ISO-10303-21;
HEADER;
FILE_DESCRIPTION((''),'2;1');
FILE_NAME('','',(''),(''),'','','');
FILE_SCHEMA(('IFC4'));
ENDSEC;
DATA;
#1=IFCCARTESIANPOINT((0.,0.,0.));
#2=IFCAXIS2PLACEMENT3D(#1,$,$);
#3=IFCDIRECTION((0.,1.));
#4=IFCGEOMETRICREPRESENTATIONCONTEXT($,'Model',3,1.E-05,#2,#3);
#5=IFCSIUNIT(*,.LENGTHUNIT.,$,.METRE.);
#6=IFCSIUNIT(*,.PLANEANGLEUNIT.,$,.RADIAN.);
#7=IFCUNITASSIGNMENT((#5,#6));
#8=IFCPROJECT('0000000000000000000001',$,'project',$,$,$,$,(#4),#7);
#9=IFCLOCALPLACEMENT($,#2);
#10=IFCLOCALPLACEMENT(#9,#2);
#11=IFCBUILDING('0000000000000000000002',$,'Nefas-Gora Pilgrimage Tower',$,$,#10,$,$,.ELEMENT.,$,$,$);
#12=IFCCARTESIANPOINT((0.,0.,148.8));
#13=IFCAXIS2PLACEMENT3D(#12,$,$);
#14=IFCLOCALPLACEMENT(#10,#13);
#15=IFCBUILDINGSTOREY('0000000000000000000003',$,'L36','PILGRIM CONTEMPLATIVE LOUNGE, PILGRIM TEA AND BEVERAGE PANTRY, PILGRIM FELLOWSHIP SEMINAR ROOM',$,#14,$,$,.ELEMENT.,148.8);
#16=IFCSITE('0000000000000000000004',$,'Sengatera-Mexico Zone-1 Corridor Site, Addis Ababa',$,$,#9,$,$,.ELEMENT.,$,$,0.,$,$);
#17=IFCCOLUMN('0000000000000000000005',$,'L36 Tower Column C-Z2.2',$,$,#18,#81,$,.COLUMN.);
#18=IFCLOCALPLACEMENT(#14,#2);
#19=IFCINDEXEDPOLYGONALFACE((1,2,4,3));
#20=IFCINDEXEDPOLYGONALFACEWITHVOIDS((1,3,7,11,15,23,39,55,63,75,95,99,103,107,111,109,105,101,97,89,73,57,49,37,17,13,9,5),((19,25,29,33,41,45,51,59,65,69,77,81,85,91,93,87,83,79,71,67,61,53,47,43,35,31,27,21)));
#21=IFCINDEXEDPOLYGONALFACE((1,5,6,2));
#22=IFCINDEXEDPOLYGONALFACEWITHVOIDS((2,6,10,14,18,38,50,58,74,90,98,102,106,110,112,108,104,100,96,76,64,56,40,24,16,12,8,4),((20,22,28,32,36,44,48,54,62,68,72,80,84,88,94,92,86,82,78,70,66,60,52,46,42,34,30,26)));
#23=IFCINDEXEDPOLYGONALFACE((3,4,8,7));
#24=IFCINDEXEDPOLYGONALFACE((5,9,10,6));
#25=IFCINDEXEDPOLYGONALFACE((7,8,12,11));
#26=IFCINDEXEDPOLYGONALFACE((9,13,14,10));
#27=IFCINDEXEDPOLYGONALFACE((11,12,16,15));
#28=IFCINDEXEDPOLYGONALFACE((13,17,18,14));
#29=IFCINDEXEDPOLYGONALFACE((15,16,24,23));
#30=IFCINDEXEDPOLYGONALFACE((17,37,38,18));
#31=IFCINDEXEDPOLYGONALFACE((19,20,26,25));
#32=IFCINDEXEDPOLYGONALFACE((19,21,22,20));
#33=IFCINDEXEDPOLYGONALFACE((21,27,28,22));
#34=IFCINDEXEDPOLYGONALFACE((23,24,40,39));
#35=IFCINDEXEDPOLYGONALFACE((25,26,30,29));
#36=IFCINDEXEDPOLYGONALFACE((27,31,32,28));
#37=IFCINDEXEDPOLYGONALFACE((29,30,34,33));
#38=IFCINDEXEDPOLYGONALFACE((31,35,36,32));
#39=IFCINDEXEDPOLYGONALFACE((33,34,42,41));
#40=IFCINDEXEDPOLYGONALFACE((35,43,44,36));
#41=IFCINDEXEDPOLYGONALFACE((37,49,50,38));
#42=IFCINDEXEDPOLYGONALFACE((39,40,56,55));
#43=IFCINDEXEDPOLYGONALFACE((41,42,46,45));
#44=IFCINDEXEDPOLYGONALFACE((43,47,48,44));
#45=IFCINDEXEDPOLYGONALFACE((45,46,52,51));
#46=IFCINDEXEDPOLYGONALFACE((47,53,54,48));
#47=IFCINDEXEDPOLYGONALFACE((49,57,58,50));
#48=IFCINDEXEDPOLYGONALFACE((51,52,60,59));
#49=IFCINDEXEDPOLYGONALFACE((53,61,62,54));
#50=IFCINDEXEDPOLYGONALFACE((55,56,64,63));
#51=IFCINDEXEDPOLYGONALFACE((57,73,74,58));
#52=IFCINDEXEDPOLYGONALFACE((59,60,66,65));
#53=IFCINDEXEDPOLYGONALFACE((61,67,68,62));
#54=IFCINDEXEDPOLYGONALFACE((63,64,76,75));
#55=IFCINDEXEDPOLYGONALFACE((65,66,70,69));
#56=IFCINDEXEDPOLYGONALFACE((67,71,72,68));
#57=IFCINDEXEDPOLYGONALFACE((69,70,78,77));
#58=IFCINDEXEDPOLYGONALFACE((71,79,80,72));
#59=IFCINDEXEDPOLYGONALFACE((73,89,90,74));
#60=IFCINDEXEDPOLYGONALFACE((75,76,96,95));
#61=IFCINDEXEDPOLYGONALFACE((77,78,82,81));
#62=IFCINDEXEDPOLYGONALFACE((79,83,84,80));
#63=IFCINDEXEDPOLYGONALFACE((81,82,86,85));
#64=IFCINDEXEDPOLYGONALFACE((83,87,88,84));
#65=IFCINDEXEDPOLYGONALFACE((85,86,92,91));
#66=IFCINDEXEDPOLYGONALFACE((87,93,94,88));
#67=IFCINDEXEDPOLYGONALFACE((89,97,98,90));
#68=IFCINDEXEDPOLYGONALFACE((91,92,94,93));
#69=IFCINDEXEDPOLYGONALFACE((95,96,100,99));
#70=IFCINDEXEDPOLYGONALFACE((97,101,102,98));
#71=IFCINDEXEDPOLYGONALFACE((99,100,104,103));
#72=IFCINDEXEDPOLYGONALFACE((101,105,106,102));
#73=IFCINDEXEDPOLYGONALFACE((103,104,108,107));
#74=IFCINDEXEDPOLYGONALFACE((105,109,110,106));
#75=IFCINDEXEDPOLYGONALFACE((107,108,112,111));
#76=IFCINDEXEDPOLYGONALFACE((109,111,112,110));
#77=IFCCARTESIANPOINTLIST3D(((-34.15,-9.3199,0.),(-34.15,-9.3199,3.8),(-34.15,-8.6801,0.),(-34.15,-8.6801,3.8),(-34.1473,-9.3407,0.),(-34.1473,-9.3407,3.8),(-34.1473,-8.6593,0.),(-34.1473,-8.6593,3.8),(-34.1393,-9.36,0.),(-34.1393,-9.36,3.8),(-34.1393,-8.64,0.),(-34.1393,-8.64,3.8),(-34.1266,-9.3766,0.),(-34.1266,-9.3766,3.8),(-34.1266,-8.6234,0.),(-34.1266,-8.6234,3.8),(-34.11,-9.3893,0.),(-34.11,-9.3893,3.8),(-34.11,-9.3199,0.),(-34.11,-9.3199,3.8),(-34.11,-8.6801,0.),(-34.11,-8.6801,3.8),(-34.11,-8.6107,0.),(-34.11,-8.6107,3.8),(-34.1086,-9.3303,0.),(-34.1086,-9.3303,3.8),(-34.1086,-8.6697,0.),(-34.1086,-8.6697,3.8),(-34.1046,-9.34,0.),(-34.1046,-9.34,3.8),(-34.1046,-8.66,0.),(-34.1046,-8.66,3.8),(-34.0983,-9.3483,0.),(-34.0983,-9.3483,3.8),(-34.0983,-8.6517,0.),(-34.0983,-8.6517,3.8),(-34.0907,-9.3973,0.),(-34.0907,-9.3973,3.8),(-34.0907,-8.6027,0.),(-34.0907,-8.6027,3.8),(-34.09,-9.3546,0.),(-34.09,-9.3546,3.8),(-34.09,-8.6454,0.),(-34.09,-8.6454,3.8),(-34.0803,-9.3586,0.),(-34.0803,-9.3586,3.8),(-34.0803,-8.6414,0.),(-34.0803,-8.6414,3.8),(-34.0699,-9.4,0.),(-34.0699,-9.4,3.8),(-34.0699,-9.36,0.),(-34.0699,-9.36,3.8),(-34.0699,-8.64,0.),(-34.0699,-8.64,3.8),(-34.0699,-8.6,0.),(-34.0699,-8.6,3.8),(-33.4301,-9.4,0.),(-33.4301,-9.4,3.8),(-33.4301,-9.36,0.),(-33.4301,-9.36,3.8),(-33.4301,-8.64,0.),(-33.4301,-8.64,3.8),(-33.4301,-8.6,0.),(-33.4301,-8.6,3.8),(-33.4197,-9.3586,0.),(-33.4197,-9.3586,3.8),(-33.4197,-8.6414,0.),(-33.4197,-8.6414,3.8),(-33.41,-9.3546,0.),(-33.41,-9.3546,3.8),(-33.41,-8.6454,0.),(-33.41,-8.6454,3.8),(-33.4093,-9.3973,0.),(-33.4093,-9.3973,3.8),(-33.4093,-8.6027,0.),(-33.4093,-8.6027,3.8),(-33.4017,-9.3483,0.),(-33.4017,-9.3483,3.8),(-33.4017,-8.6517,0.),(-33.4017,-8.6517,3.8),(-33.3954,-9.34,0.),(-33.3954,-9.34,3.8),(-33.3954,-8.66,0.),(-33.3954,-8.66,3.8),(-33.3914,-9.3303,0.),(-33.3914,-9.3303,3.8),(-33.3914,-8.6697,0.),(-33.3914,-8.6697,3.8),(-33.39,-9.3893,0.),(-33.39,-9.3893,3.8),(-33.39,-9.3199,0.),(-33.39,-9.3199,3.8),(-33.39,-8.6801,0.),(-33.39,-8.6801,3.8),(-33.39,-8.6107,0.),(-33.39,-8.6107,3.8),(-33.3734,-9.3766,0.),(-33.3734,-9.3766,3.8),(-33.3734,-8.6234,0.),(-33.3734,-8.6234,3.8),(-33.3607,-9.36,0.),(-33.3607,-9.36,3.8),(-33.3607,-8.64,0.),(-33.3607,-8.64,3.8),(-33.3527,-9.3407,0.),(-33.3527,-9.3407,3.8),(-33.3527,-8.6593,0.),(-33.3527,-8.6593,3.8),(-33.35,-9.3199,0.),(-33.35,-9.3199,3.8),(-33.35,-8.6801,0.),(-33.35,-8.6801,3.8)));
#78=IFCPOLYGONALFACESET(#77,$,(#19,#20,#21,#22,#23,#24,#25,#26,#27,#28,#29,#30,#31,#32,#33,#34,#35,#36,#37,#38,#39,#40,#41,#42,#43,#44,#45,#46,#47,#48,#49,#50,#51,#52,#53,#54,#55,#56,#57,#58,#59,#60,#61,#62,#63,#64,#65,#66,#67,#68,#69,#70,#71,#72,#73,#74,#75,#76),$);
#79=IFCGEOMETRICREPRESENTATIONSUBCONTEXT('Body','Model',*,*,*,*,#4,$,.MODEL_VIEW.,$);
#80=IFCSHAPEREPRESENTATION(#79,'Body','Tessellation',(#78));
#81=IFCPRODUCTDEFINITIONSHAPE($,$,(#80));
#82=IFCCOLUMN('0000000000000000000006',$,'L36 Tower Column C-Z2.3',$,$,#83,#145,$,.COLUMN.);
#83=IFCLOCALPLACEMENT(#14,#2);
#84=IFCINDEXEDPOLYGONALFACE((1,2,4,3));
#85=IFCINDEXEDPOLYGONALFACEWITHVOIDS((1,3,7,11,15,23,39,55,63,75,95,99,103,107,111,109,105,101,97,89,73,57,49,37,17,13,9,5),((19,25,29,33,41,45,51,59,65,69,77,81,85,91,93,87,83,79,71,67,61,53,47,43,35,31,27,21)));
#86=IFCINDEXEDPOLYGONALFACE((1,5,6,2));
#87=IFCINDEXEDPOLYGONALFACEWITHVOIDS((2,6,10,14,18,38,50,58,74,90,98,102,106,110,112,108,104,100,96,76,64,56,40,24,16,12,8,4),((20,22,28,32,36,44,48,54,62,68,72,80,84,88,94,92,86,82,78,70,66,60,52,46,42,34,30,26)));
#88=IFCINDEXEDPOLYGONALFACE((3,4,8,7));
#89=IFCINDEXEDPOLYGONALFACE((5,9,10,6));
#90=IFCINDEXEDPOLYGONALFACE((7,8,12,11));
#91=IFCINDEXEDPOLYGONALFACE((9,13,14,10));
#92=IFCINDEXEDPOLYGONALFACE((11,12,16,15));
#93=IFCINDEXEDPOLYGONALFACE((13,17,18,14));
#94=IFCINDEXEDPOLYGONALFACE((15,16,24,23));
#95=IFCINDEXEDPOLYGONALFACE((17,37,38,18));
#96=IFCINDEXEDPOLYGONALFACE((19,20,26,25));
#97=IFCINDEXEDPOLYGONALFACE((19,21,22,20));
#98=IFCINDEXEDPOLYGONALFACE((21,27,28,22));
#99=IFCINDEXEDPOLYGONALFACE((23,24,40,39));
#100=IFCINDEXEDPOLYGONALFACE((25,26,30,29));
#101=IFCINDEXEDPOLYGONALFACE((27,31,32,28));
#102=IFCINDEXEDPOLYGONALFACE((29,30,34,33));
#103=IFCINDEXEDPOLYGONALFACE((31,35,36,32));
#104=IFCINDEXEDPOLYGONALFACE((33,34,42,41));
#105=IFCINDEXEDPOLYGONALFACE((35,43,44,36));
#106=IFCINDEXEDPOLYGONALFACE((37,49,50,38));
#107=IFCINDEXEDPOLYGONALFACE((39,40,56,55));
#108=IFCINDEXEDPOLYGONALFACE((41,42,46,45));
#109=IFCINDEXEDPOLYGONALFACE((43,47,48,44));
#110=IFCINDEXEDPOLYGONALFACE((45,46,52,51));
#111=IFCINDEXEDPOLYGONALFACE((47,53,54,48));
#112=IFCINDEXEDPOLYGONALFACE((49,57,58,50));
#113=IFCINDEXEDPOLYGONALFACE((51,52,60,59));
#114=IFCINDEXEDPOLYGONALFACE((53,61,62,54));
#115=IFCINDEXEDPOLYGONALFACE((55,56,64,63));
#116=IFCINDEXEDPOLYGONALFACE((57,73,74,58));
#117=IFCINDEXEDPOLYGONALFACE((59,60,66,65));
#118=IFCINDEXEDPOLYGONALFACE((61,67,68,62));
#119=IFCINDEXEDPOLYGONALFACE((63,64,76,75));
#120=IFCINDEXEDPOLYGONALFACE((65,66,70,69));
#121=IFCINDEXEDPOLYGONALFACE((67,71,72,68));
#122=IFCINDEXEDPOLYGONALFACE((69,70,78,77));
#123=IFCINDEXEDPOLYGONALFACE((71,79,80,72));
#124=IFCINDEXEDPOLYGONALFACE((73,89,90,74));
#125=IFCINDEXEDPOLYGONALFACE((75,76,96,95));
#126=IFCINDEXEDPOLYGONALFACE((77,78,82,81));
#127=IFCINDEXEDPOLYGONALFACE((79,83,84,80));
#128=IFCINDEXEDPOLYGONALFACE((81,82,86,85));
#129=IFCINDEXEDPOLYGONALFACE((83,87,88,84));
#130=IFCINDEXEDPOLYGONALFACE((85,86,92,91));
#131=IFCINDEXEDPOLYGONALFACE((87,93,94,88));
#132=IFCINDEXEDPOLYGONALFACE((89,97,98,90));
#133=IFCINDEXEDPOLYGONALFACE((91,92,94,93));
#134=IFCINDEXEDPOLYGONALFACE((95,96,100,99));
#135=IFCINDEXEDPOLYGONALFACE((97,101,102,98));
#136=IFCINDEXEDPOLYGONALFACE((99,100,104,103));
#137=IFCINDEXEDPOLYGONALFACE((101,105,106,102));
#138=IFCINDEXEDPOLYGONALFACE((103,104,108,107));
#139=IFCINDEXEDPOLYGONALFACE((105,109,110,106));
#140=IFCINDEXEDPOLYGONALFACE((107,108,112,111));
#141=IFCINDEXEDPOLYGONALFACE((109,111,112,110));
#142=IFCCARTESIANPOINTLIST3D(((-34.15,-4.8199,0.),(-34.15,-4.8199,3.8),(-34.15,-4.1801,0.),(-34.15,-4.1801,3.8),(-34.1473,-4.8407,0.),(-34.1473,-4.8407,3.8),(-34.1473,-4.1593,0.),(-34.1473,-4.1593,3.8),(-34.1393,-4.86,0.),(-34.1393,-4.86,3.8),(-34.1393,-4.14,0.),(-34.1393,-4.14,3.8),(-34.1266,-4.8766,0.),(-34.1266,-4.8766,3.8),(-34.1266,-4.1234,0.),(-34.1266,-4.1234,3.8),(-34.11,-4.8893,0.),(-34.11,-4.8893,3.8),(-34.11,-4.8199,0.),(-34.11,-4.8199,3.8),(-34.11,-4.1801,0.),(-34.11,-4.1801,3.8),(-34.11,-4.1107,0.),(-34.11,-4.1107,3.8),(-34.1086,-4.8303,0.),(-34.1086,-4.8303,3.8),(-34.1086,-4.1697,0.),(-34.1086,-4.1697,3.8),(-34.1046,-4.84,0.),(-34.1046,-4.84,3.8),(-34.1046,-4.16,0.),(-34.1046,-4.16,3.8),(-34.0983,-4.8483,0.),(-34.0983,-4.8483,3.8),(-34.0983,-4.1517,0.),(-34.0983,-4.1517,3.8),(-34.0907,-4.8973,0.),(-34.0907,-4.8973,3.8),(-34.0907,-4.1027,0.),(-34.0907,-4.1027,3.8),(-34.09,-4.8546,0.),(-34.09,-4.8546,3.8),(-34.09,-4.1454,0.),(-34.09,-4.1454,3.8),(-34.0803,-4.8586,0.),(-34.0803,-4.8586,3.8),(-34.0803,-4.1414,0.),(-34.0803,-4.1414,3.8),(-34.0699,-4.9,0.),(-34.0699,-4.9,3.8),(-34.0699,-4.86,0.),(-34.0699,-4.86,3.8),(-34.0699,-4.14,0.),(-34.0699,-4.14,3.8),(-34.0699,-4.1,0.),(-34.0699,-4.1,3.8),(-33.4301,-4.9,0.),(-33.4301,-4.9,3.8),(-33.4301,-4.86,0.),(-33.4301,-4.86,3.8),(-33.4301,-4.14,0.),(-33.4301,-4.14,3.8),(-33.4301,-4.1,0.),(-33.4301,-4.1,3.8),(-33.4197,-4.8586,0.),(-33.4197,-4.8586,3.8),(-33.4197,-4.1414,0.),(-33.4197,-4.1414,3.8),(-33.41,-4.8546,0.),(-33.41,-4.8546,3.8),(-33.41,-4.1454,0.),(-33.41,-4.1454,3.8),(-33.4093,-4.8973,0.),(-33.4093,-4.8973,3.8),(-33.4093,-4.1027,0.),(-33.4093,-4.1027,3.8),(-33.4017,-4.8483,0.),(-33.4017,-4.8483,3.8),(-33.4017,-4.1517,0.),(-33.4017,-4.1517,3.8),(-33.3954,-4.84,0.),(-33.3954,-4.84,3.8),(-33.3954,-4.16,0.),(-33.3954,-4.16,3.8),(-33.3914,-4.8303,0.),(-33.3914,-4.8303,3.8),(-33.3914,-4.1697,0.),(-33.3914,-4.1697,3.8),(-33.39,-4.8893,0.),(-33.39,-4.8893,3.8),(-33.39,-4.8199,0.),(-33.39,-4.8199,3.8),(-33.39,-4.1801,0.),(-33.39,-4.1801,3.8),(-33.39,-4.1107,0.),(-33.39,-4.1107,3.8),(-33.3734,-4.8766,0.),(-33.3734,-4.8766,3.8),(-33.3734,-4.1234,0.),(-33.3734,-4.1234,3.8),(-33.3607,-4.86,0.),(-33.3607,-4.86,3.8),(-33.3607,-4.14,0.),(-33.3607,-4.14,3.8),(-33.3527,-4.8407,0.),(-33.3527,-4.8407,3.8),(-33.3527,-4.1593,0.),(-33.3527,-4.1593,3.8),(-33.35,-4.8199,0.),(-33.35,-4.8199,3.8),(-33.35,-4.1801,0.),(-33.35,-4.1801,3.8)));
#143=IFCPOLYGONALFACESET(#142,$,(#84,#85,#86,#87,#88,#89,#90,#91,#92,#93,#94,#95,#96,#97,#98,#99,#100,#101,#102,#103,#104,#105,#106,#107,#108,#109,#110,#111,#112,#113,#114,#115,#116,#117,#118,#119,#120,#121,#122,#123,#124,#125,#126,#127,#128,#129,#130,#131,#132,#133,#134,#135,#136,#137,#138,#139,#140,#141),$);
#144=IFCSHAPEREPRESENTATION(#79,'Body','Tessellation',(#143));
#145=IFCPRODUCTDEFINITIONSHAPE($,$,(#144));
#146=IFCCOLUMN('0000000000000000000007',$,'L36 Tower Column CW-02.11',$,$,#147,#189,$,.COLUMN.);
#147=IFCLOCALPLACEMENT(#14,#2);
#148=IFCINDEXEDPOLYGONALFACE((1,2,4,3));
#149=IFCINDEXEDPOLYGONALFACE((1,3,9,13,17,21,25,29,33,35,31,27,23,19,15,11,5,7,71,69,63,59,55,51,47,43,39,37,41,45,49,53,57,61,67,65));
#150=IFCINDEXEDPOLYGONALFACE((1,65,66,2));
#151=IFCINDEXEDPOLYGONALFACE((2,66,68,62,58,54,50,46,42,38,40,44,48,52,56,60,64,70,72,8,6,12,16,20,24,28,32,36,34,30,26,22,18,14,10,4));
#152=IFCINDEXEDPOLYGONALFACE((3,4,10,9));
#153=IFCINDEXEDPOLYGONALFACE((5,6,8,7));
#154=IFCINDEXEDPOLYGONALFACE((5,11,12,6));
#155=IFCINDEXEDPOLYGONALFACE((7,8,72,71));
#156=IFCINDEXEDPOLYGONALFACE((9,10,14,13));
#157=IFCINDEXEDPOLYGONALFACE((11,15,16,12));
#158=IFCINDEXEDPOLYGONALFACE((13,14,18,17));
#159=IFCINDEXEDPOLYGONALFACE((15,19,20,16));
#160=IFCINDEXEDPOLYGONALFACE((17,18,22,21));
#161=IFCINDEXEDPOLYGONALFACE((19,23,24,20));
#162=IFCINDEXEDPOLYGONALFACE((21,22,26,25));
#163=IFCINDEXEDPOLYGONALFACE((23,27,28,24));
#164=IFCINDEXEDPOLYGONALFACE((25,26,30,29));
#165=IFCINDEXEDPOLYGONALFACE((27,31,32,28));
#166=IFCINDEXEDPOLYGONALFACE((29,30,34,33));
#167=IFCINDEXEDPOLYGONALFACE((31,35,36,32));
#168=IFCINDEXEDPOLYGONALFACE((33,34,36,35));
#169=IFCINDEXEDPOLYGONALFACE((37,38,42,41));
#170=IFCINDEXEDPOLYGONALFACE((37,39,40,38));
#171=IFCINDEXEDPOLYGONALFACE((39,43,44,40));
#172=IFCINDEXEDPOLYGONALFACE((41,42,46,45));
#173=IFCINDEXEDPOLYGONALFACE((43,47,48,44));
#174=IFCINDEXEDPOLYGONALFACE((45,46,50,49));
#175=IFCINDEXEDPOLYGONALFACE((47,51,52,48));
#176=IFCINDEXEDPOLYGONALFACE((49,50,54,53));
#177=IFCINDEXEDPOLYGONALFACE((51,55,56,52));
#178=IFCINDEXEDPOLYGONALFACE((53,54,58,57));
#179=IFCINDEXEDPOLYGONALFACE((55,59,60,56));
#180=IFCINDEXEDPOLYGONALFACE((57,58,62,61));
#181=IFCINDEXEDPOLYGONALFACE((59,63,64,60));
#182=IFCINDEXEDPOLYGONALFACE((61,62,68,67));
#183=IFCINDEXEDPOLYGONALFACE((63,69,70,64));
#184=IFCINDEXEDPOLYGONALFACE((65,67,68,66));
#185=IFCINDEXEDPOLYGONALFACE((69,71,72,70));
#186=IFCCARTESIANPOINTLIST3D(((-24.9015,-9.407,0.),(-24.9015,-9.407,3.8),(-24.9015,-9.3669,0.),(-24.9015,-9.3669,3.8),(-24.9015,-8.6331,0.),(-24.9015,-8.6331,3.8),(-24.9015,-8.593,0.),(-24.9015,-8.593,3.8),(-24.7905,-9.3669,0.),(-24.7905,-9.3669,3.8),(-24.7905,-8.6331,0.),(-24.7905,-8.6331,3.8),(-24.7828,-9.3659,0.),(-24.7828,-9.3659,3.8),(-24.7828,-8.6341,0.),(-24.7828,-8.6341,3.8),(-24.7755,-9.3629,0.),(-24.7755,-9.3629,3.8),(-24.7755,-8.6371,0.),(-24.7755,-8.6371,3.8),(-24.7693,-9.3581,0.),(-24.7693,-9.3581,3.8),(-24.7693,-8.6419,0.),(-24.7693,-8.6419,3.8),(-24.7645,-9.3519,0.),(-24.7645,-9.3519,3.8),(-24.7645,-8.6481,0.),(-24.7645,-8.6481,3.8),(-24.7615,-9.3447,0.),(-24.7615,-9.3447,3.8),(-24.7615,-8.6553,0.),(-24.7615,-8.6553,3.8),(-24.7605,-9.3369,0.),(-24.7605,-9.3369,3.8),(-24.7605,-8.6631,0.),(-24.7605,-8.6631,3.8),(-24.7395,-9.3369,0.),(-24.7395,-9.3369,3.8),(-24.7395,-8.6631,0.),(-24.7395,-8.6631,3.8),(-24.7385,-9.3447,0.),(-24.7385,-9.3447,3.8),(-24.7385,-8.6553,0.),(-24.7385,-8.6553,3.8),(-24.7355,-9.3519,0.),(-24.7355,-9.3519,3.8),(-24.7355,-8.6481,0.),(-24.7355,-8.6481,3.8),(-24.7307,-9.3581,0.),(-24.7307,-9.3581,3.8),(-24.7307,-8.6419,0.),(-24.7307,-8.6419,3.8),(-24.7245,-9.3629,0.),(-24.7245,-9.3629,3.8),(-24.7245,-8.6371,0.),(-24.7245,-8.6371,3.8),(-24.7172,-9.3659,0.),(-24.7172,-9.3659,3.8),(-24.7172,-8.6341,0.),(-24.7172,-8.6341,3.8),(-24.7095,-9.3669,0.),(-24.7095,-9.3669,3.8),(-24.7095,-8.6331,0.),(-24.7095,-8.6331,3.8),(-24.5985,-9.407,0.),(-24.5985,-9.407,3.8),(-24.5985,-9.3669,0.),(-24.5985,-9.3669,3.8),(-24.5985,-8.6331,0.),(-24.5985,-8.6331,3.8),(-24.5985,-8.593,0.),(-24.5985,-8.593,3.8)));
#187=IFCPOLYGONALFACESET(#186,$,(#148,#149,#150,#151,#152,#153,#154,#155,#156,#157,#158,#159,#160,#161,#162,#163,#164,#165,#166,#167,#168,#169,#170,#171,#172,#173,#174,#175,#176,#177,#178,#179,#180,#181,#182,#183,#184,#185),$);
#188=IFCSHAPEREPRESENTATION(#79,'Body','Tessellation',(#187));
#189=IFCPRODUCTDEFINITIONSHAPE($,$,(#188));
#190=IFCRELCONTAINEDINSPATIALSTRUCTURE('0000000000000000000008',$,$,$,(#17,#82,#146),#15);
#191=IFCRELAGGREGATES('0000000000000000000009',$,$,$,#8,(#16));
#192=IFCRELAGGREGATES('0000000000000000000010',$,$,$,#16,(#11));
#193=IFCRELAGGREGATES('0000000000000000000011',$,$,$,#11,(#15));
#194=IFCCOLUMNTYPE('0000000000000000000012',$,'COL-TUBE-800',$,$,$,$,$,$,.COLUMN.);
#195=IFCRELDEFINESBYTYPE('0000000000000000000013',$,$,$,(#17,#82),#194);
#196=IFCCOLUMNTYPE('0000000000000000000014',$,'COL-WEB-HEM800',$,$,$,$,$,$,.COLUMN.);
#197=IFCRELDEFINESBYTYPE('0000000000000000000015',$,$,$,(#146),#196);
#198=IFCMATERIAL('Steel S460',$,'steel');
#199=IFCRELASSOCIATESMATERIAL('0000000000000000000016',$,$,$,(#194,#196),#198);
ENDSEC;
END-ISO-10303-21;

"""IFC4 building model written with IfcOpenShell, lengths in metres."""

from ifc_helpers import new_model, si_unit, direction, frame, origin, origin_2d, place, context, subcontext, project, spatial, hollow_rectangle, i_section, extrude, source, transform, mapped, material, material_profile, profile_set, type_object, element, save


model = new_model("IFC4")

# Units and contexts
model_context = context("Model", 3, precision=1e-05, world=origin(), true_north=direction((0.0, 1.0)))
body_context = subcontext(model_context, "Body", "Model", "MODEL_VIEW")
ifc_project = project(units=[si_unit("LENGTHUNIT", "METRE"), si_unit("PLANEANGLEUNIT", "RADIAN")], contexts=[model_context])

# Site, building, storey
site_placement = place(None, origin())
site = spatial("IfcSite", under=ifc_project, at=site_placement, Name="Sengatera-Mexico Zone-1 Corridor Site, Addis Ababa", CompositionType="ELEMENT", RefElevation=0.0)
building_placement = place(site_placement, origin())
building = spatial("IfcBuilding", under=site, at=building_placement, Name="Nefas-Gora Pilgrimage Tower", CompositionType="ELEMENT")
storey_placement = place(building_placement, frame((0.0, 0.0, 148.8)))
storey = spatial("IfcBuildingStorey", under=building, at=storey_placement, Name="L36", Description="PILGRIM CONTEMPLATIVE LOUNGE, PILGRIM TEA AND BEVERAGE PANTRY, PILGRIM FELLOWSHIP SEMINAR ROOM", CompositionType="ELEMENT", Elevation=148.8)

# Columns
ifc_material_1 = material(Name="Steel S460", Category="steel")
ifc_material_profile_1 = material_profile(ifc_material_1, hollow_rectangle(XDim=0.8, YDim=0.8, WallThickness=0.04, InnerFilletRadius=0.04, OuterFilletRadius=0.0801, at=origin_2d()), Name="BOX 800x800x40")
ifc_profile_set_1 = profile_set([ifc_material_profile_1], Name="Steel S460")
column_type_1 = type_object("IfcColumnType", Name="COL-TUBE-800", PredefinedType="COLUMN", material=ifc_profile_set_1)
shared_shape_1 = source(origin(), body_context, "Body", "SweptSolid", [
    extrude(hollow_rectangle(XDim=0.8, YDim=0.8, WallThickness=0.04, InnerFilletRadius=0.04, OuterFilletRadius=0.0801, at=origin_2d()), origin(), (0.0, 0.0, 1.0), 3.8),
])
for number, where, z_axis, x_axis, name in (
    (1, (-33.75, -9.0, 0.0), (0.0, 0.0, 1.0), (1.0, 0.0, 0.0), "L36 Tower Column C-Z2.2"),
    (2, (-33.75, -4.5, 0.0), (0.0, 0.0, 1.0), (1.0, 0.0, 0.0), "L36 Tower Column C-Z2.3"),
):
    element("IfcColumn", number, at=place(storey_placement, frame(where, z_axis=z_axis, x_axis=x_axis)), inside=storey, type_object=column_type_1, Name=name, PredefinedType="COLUMN", context=body_context, shape_type="MappedRepresentation", body=[
        mapped(shared_shape_1, transform((0.0, 0.0, 0.0), x_axis=(1.0, 0.0, 0.0), y_axis=(0.0, 1.0, 0.0), z_axis=(0.0, 0.0, 1.0), scale=1.0)),
    ])
ifc_material_profile_2 = material_profile(ifc_material_1, i_section(OverallWidth=0.303, OverallDepth=0.814, WebThickness=0.021, FlangeThickness=0.04, FilletRadius=0.03, at=origin_2d()), Name="HEM 800")
ifc_profile_set_2 = profile_set([ifc_material_profile_2], Name="Steel S460")
column_type_2 = type_object("IfcColumnType", Name="COL-WEB-HEM800", PredefinedType="COLUMN", material=ifc_profile_set_2)
shared_shape_2 = source(origin(), body_context, "Body", "SweptSolid", [
    extrude(i_section(OverallWidth=0.303, OverallDepth=0.814, WebThickness=0.021, FlangeThickness=0.04, FilletRadius=0.03, at=origin_2d()), origin(), (0.0, 0.0, 1.0), 3.8),
])
for number, where, z_axis, x_axis, name in (
    (3, (-24.75, -9.0, 0.0), (0.0, 0.0, 1.0), (1.0, 0.0, 0.0), "L36 Tower Column CW-02.11"),
):
    element("IfcColumn", number, at=place(storey_placement, frame(where, z_axis=z_axis, x_axis=x_axis)), inside=storey, type_object=column_type_2, Name=name, PredefinedType="COLUMN", context=body_context, shape_type="MappedRepresentation", body=[
        mapped(shared_shape_2, transform((0.0, 0.0, 0.0), x_axis=(1.0, 0.0, 0.0), y_axis=(0.0, 1.0, 0.0), z_axis=(0.0, 0.0, 1.0), scale=1.0)),
    ])

save(model, "model.ifc")
